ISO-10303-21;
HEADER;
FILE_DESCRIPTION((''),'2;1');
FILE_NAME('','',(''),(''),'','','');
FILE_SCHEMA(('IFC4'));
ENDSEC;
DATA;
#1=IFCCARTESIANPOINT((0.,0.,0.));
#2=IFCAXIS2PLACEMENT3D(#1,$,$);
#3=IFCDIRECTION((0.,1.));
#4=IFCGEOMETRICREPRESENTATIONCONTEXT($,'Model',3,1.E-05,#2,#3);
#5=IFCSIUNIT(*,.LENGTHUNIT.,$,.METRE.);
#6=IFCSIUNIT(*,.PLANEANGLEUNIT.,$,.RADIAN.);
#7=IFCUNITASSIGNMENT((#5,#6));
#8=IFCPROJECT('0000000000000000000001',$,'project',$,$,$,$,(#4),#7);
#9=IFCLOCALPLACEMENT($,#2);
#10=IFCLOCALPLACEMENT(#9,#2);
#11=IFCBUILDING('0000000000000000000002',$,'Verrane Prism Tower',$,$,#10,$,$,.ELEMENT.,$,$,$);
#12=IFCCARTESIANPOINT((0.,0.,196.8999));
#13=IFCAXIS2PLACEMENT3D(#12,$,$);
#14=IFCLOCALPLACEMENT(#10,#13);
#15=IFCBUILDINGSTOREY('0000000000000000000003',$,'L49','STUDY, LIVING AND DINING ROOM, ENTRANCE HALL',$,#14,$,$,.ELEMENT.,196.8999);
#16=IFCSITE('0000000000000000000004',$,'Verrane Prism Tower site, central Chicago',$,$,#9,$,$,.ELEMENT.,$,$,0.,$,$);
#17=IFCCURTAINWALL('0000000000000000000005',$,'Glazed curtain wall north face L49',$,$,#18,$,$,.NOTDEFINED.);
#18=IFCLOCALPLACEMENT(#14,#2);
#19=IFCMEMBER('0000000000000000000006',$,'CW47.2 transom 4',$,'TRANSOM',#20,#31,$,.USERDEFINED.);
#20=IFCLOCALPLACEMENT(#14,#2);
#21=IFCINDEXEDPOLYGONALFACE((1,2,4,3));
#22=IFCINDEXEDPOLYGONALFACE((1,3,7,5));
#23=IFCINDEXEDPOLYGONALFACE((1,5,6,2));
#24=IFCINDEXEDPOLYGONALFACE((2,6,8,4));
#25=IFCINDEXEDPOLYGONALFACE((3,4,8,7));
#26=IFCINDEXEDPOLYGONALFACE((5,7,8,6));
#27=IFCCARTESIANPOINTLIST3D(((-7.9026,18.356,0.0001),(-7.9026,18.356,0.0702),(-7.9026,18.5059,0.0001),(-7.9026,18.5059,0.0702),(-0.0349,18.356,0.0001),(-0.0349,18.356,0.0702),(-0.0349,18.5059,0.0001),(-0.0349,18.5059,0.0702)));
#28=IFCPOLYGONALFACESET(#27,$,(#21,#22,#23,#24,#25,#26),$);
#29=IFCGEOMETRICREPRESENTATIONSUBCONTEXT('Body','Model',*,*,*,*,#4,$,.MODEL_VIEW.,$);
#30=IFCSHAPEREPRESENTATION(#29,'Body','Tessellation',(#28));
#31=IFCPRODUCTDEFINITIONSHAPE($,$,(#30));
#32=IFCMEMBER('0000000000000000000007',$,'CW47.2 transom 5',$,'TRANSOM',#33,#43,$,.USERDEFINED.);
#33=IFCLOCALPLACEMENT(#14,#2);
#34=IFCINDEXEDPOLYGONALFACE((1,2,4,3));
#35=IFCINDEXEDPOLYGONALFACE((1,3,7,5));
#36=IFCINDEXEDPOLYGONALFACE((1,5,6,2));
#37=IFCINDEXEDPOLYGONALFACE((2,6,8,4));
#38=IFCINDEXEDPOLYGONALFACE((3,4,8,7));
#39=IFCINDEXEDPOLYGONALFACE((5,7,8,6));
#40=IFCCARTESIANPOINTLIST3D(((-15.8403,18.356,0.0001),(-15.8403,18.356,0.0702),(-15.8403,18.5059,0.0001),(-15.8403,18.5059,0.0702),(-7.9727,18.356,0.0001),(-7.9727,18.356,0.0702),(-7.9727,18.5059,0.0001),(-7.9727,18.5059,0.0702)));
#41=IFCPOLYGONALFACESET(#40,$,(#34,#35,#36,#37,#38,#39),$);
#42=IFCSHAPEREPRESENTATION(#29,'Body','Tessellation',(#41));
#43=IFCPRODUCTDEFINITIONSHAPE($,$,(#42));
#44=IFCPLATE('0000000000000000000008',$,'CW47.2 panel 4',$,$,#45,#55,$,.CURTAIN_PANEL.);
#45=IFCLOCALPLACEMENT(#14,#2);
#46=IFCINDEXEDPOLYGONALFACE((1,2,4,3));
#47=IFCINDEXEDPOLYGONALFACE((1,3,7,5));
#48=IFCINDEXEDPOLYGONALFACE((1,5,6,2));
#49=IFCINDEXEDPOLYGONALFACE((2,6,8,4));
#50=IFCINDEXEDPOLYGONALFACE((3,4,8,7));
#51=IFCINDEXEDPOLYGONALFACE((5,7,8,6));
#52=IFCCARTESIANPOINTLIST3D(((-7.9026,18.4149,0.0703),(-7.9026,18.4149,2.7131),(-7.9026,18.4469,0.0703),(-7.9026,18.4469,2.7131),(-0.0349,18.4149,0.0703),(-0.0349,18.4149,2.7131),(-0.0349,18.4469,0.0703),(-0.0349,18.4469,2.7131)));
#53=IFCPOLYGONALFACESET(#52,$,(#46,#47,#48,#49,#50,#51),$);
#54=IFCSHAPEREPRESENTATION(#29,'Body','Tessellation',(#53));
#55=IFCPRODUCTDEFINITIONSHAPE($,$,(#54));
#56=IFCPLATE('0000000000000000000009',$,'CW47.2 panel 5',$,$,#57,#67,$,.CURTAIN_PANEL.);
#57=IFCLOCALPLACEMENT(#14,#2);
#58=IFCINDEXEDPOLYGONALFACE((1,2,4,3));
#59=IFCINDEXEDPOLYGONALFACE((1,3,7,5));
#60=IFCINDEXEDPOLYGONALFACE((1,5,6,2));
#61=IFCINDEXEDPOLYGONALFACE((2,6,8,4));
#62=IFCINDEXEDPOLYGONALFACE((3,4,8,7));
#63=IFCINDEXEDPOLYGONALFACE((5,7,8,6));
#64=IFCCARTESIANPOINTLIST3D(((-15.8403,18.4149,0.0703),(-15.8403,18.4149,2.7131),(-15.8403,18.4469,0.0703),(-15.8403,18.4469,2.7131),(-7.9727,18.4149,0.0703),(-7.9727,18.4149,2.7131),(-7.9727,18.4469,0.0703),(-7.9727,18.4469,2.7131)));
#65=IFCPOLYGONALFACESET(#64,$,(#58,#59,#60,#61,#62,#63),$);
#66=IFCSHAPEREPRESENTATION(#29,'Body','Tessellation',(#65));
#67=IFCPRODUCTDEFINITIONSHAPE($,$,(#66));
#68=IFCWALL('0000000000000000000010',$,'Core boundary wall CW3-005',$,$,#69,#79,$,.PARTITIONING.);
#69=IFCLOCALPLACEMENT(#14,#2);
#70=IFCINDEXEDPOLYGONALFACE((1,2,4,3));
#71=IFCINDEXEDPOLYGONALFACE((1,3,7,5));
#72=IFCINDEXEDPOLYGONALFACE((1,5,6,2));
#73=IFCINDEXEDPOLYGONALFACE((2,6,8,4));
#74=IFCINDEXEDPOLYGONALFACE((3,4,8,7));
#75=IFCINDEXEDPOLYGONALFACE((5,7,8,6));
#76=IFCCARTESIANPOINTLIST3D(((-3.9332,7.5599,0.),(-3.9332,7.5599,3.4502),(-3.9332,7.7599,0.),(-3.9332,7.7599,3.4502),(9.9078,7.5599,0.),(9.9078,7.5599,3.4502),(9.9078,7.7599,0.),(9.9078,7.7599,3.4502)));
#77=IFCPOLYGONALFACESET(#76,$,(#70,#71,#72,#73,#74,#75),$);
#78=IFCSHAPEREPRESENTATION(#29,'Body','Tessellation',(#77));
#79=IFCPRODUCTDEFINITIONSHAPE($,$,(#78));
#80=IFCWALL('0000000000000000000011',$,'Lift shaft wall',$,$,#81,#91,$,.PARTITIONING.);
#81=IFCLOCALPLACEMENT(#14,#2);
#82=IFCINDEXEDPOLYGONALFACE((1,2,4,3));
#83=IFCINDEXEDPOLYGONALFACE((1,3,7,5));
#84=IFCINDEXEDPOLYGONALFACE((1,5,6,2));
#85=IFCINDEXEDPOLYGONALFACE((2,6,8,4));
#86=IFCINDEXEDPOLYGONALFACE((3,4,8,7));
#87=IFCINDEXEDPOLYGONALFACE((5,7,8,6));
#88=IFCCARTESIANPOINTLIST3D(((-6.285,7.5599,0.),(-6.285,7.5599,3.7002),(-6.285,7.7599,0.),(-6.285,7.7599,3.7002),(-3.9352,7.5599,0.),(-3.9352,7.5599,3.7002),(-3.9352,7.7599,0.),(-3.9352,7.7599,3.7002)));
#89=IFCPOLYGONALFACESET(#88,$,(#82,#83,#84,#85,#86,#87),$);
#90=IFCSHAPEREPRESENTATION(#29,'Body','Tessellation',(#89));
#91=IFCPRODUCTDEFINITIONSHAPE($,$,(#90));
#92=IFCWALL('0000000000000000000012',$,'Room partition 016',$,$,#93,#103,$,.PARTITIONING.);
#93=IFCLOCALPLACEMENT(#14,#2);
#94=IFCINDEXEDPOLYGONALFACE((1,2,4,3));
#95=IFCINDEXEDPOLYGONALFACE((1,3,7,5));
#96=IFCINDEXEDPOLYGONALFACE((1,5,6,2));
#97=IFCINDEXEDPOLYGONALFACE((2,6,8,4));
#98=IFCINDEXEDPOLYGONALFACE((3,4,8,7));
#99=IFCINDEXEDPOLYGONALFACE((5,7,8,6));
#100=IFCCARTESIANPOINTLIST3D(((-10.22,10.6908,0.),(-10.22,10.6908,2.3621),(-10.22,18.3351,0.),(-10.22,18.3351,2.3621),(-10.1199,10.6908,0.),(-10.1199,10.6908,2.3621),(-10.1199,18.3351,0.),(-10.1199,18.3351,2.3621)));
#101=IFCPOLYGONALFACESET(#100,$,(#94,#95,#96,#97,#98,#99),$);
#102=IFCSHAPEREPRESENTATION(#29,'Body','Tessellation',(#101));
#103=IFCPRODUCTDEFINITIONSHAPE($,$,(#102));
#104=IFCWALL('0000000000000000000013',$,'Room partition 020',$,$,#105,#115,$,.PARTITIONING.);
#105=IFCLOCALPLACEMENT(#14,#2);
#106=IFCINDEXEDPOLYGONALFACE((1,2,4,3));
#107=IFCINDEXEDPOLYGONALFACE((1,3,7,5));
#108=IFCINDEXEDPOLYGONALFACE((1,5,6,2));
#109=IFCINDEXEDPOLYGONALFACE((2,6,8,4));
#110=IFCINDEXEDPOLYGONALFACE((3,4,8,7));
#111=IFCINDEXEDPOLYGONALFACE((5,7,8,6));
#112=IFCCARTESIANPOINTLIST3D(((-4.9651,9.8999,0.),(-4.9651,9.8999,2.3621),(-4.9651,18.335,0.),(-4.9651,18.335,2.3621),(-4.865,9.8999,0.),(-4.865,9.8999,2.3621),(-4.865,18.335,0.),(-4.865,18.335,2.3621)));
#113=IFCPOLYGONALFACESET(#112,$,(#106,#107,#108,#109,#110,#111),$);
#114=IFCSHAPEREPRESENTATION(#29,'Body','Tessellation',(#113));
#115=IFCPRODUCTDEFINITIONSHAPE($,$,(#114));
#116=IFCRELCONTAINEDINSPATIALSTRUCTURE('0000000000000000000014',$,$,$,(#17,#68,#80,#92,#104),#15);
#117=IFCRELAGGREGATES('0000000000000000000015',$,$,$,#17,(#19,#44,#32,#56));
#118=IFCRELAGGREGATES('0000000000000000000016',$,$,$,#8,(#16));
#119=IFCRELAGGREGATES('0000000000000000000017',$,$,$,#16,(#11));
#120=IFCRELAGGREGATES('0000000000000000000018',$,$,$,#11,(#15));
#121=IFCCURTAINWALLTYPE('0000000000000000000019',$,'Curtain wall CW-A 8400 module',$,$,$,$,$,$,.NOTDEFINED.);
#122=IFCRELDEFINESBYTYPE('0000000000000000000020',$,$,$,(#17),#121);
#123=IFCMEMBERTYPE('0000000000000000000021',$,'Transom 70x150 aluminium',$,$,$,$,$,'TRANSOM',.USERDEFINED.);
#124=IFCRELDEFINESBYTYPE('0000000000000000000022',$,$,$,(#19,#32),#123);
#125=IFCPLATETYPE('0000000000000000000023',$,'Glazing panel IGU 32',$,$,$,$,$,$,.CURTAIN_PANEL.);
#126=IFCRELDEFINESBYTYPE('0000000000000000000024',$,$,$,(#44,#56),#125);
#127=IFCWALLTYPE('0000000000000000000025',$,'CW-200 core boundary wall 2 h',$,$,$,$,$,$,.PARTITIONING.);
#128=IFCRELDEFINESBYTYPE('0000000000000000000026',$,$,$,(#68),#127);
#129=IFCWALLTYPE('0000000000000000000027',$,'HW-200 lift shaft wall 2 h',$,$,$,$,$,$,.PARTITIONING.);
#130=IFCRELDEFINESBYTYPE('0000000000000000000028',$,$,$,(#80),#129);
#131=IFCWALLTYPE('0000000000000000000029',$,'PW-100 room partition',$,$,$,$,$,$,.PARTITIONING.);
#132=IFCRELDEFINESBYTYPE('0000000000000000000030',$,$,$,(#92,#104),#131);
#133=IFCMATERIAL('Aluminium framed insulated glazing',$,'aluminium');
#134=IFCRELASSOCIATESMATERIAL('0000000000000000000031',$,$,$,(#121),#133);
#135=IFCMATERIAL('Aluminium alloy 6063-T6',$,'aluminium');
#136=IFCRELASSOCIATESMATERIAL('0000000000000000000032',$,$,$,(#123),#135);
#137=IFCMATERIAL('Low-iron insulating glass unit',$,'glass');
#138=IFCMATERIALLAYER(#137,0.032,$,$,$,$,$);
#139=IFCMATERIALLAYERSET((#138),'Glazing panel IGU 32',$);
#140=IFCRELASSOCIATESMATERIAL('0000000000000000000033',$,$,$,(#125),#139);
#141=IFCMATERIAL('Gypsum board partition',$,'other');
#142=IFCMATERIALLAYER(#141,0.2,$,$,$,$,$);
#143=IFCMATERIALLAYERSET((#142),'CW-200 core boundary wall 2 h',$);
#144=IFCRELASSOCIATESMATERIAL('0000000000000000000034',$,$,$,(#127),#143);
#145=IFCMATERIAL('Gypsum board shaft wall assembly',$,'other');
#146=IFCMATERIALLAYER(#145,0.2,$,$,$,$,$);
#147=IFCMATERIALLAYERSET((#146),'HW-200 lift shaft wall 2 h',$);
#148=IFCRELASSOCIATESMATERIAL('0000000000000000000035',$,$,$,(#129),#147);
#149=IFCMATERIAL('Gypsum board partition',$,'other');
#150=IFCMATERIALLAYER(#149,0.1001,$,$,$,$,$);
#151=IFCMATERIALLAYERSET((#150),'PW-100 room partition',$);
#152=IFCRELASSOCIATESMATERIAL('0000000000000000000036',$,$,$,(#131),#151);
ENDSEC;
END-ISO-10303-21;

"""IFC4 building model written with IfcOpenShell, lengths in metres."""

from ifc_helpers import new_model, si_unit, direction, frame, frame_2d, origin, origin_2d, place, context, subcontext, project, spatial, rectangle, extrude, material, layer, layer_set, material_profile, profile_set, type_object, element, aggregate, save


model = new_model("IFC4")

# Units and contexts
model_context = context("Model", 3, precision=1e-05, world=origin(), true_north=direction((0.0, 1.0)))
body_context = subcontext(model_context, "Body", "Model", "MODEL_VIEW")
ifc_project = project(units=[si_unit("LENGTHUNIT", "METRE"), si_unit("PLANEANGLEUNIT", "RADIAN")], contexts=[model_context])

# Site, building, storey
site_placement = place(None, origin())
site = spatial("IfcSite", under=ifc_project, at=site_placement, Name="Verrane Prism Tower site, central Chicago", CompositionType="ELEMENT", RefElevation=0.0)
building_placement = place(site_placement, origin())
building = spatial("IfcBuilding", under=site, at=building_placement, Name="Verrane Prism Tower", CompositionType="ELEMENT")
storey_placement = place(building_placement, frame((0.0, 0.0, 196.8999)))
storey = spatial("IfcBuildingStorey", under=building, at=storey_placement, Name="L49", Description="STUDY, LIVING AND DINING ROOM, ENTRANCE HALL", CompositionType="ELEMENT", Elevation=196.8999)

# Curtain wall
ifc_material_1 = material(Name="Aluminium framed insulated glazing", Category="aluminium")
curtain_wall_type = type_object("IfcCurtainWallType", Name="Curtain wall CW-A 8400 module", PredefinedType="NOTDEFINED", material=ifc_material_1)
curtain_wall_placement = place(storey_placement, origin())
curtain_wall = element("IfcCurtainWall", 1, at=curtain_wall_placement, inside=storey, type_object=curtain_wall_type, Name="Glazed curtain wall north face L49", PredefinedType="NOTDEFINED")

# Members
ifc_material_2 = material(Name="Aluminium alloy 6063-T6", Category="aluminium")
ifc_material_profile_1 = material_profile(ifc_material_2, rectangle(XDim=0.1499, YDim=0.0701, at=origin_2d()), Name="Transom 70x150 aluminium")
ifc_profile_set_1 = profile_set([ifc_material_profile_1], Name="Aluminium alloy 6063-T6")
member_type_1 = type_object("IfcMemberType", Name="Transom 70x150 aluminium", ElementType="TRANSOM", PredefinedType="USERDEFINED", material=ifc_profile_set_1)
member_1_placement = place(storey_placement, frame((-0.0349, 18.4309, 0.0352), z_axis=(-1.0, 0.0, 0.0), x_axis=(0.0, -1.0, 0.0)))
member_1 = element("IfcMember", 2, at=member_1_placement, type_object=member_type_1, Name="CW47.2 transom 4", ObjectType="TRANSOM", PredefinedType="USERDEFINED", context=body_context, shape_type="SweptSolid", body=[
    extrude(rectangle(XDim=0.1499, YDim=0.0701, at=origin_2d()), origin(), (0.0, 0.0, 1.0), 7.8677),
])
member_2_placement = place(storey_placement, frame((-7.9727, 18.4309, 0.0352), z_axis=(-1.0, 0.0, 0.0), x_axis=(0.0, -1.0, 0.0)))
member_2 = element("IfcMember", 3, at=member_2_placement, type_object=member_type_1, Name="CW47.2 transom 5", ObjectType="TRANSOM", PredefinedType="USERDEFINED", context=body_context, shape_type="SweptSolid", body=[
    extrude(rectangle(XDim=0.1499, YDim=0.0701, at=origin_2d()), origin(), (0.0, 0.0, 1.0), 7.8677),
])

# Plates
ifc_material_3 = material(Name="Low-iron insulating glass unit", Category="glass")
ifc_layer_1 = layer(ifc_material_3, 0.032)
ifc_layer_set_1 = layer_set([ifc_layer_1], Name="Glazing panel IGU 32")
plate_type = type_object("IfcPlateType", Name="Glazing panel IGU 32", PredefinedType="CURTAIN_PANEL", material=ifc_layer_set_1)
plate_1_placement = place(storey_placement, frame((-3.9688, 18.4309, 0.0703), z_axis=(0.0, 0.0, 1.0), x_axis=(-1.0, 0.0, 0.0)))
plate_1 = element("IfcPlate", 4, at=plate_1_placement, type_object=plate_type, Name="CW47.2 panel 4", PredefinedType="CURTAIN_PANEL", context=body_context, shape_type="SweptSolid", body=[
    extrude(rectangle(XDim=7.8677, YDim=0.032, at=origin_2d()), origin(), (0.0, 0.0, 1.0), 2.6428),
])
plate_2_placement = place(storey_placement, frame((-11.9065, 18.4309, 0.0703), z_axis=(0.0, 0.0, 1.0), x_axis=(-1.0, 0.0, 0.0)))
plate_2 = element("IfcPlate", 5, at=plate_2_placement, type_object=plate_type, Name="CW47.2 panel 5", PredefinedType="CURTAIN_PANEL", context=body_context, shape_type="SweptSolid", body=[
    extrude(rectangle(XDim=7.8677, YDim=0.032, at=origin_2d()), origin(), (0.0, 0.0, 1.0), 2.6428),
])
aggregate(curtain_wall, [member_1, plate_1, member_2, plate_2])

# Walls
ifc_material_4 = material(Name="Gypsum board partition", Category="other")
ifc_layer_2 = layer(ifc_material_4, 0.2)
ifc_layer_set_2 = layer_set([ifc_layer_2], Name="CW-200 core boundary wall 2 h")
wall_type_1 = type_object("IfcWallType", Name="CW-200 core boundary wall 2 h", PredefinedType="PARTITIONING", material=ifc_layer_set_2)
wall_1_placement = place(storey_placement, frame((-3.9331, 7.6599, 0.0), z_axis=(0.0, 0.0, 1.0), x_axis=(1.0, 0.0, 0.0)))
element("IfcWall", 6, at=wall_1_placement, inside=storey, type_object=wall_type_1, Name="Core boundary wall CW3-005", PredefinedType="PARTITIONING", context=body_context, shape_type="SweptSolid", body=[
    extrude(rectangle(XDim=13.8411, YDim=0.2, at=frame_2d((6.9204, 0.0))), origin(), (0.0, 0.0, 1.0), 3.4502),
])
ifc_material_5 = material(Name="Gypsum board shaft wall assembly", Category="other")
ifc_layer_3 = layer(ifc_material_5, 0.2)
ifc_layer_set_3 = layer_set([ifc_layer_3], Name="HW-200 lift shaft wall 2 h")
wall_type_2 = type_object("IfcWallType", Name="HW-200 lift shaft wall 2 h", PredefinedType="PARTITIONING", material=ifc_layer_set_3)
wall_2_placement = place(storey_placement, frame((-6.2849, 7.6599, 0.0), z_axis=(0.0, 0.0, 1.0), x_axis=(1.0, 0.0, 0.0)))
element("IfcWall", 7, at=wall_2_placement, inside=storey, type_object=wall_type_2, Name="Lift shaft wall", PredefinedType="PARTITIONING", context=body_context, shape_type="SweptSolid", body=[
    extrude(rectangle(XDim=2.3499, YDim=0.2, at=frame_2d((1.1748, 0.0))), origin(), (0.0, 0.0, 1.0), 3.7002),
])
ifc_material_6 = material(Name="Gypsum board partition", Category="other")
ifc_layer_4 = layer(ifc_material_6, 0.1001)
ifc_layer_set_4 = layer_set([ifc_layer_4], Name="PW-100 room partition")
wall_type_3 = type_object("IfcWallType", Name="PW-100 room partition", PredefinedType="PARTITIONING", material=ifc_layer_set_4)
wall_3_placement = place(storey_placement, frame((-10.1699, 10.6907, 0.0), z_axis=(0.0, 0.0, 1.0), x_axis=(0.0, 1.0, 0.0)))
element("IfcWall", 8, at=wall_3_placement, inside=storey, type_object=wall_type_3, Name="Room partition 016", PredefinedType="PARTITIONING", context=body_context, shape_type="SweptSolid", body=[
    extrude(rectangle(XDim=7.6443, YDim=0.1001, at=frame_2d((3.8223, 0.0))), origin(), (0.0, 0.0, 1.0), 2.3621),
])
wall_4_placement = place(storey_placement, frame((-4.915, 9.8999, 0.0), z_axis=(0.0, 0.0, 1.0), x_axis=(0.0, 1.0, 0.0)))
element("IfcWall", 9, at=wall_4_placement, inside=storey, type_object=wall_type_3, Name="Room partition 020", PredefinedType="PARTITIONING", context=body_context, shape_type="SweptSolid", body=[
    extrude(rectangle(XDim=8.4351, YDim=0.1001, at=frame_2d((4.2175, 0.0))), origin(), (0.0, 0.0, 1.0), 2.3621),
])

save(model, "model.ifc")
